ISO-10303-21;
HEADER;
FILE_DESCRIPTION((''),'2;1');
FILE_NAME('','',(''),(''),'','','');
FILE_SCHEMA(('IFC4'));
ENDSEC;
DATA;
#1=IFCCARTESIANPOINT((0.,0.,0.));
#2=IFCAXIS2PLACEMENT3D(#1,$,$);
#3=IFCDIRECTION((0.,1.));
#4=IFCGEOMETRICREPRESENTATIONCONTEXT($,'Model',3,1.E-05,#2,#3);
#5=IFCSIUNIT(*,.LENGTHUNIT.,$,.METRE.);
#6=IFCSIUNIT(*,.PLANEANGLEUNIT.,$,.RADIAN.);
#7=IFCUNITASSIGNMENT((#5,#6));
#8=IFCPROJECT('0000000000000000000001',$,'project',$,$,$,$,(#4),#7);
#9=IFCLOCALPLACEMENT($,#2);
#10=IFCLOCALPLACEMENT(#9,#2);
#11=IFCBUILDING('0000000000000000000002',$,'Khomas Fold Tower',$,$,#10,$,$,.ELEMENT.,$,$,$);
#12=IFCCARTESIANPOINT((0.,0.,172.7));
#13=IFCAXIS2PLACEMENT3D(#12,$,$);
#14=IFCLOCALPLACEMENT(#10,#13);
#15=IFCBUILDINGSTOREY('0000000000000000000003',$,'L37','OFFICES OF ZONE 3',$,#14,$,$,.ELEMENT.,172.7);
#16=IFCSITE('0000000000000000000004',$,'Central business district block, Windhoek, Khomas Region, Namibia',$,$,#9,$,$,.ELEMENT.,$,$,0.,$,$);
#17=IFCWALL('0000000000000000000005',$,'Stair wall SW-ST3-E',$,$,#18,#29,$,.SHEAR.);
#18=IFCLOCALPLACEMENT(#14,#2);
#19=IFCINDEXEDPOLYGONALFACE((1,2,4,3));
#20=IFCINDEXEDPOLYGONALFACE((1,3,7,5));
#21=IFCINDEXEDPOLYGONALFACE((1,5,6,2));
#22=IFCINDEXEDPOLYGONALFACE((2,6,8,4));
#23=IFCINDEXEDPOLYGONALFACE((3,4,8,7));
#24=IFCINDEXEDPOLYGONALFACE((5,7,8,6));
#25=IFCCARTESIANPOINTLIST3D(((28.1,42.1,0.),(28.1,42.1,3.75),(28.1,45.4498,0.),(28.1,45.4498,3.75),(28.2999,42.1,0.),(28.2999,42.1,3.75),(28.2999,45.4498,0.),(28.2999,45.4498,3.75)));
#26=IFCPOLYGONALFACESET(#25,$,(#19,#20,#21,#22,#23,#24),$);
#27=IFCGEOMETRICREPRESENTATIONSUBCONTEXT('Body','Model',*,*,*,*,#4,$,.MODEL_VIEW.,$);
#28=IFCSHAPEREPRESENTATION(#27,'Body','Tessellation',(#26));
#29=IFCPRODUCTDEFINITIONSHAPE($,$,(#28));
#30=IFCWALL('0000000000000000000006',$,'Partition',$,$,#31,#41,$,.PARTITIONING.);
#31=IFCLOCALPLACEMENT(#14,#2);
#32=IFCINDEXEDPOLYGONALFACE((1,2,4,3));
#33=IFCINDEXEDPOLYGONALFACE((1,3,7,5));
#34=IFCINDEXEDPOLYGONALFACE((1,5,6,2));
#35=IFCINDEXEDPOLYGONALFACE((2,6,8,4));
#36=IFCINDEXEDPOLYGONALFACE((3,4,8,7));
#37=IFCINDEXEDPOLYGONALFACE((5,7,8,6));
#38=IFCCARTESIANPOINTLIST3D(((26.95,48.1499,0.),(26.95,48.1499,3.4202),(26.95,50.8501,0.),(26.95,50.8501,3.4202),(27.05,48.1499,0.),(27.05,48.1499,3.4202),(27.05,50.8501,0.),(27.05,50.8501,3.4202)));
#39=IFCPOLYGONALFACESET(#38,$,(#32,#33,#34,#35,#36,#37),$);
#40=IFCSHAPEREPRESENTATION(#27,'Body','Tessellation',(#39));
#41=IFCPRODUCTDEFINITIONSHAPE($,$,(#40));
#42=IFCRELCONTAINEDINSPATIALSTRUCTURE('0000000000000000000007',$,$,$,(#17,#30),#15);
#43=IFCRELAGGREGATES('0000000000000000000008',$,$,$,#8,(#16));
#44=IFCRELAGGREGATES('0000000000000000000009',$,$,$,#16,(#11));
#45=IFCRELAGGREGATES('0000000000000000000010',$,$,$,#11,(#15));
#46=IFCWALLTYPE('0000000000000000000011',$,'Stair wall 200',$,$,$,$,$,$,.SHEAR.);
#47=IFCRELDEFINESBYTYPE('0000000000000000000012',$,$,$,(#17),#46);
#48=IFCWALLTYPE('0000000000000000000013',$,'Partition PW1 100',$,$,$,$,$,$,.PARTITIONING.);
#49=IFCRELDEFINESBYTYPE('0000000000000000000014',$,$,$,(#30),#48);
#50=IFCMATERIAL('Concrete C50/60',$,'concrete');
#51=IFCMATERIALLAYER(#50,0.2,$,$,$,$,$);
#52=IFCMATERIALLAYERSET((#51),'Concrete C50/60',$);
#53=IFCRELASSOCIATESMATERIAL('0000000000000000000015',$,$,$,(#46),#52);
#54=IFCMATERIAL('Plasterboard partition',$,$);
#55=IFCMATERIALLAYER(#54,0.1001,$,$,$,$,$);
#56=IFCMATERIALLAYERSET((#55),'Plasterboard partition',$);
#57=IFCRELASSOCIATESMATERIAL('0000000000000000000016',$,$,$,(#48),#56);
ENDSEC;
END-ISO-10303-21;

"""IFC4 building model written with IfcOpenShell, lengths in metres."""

from ifc_helpers import new_model, si_unit, direction, frame, frame_2d, origin, place, context, subcontext, project, spatial, rectangle, extrude, source, transform, mapped, material, layer, layer_set, type_object, element, save


model = new_model("IFC4")

# Units and contexts
model_context = context("Model", 3, precision=1e-05, world=origin(), true_north=direction((0.0, 1.0)))
body_context = subcontext(model_context, "Body", "Model", "MODEL_VIEW")
ifc_project = project(units=[si_unit("LENGTHUNIT", "METRE"), si_unit("PLANEANGLEUNIT", "RADIAN")], contexts=[model_context])

# Site, building, storey
site_placement = place(None, origin())
site = spatial("IfcSite", under=ifc_project, at=site_placement, Name="Central business district block, Windhoek, Khomas Region, Namibia", CompositionType="ELEMENT", RefElevation=0.0)
building_placement = place(site_placement, origin())
building = spatial("IfcBuilding", under=site, at=building_placement, Name="Khomas Fold Tower", CompositionType="ELEMENT")
storey_placement = place(building_placement, frame((0.0, 0.0, 172.7)))
storey = spatial("IfcBuildingStorey", under=building, at=storey_placement, Name="L37", Description="OFFICES OF ZONE 3", CompositionType="ELEMENT", Elevation=172.7)

# Walls
ifc_material_1 = material(Name="Concrete C50/60", Category="concrete")
ifc_layer_1 = layer(ifc_material_1, 0.2)
ifc_layer_set_1 = layer_set([ifc_layer_1], Name="Concrete C50/60")
wall_type_1 = type_object("IfcWallType", Name="Stair wall 200", PredefinedType="SHEAR", material=ifc_layer_set_1)
shared_shape_1 = source(origin(), body_context, "Body", "SweptSolid", [
    extrude(rectangle(XDim=3.3499, YDim=0.2, at=frame_2d((1.6748, 0.0))), origin(), (0.0, 0.0, 1.0), 3.75),
])
wall_1_placement = place(storey_placement, frame((28.2, 42.1001, 0.0), z_axis=(0.0, 0.0, 1.0), x_axis=(0.0, 1.0, 0.0)))
element("IfcWall", 1, at=wall_1_placement, inside=storey, type_object=wall_type_1, Name="Stair wall SW-ST3-E", PredefinedType="SHEAR", context=body_context, shape_type="MappedRepresentation", body=[
    mapped(shared_shape_1, transform((0.0, 0.0, 0.0))),
])
ifc_material_2 = material(Name="Plasterboard partition")
ifc_layer_2 = layer(ifc_material_2, 0.1001)
ifc_layer_set_2 = layer_set([ifc_layer_2], Name="Plasterboard partition")
wall_type_2 = type_object("IfcWallType", Name="Partition PW1 100", PredefinedType="PARTITIONING", material=ifc_layer_set_2)
shared_shape_2 = source(origin(), body_context, "Body", "SweptSolid", [
    extrude(rectangle(XDim=2.7002, YDim=0.1001, at=frame_2d((1.3501, 0.0))), origin(), (0.0, 0.0, 1.0), 3.4202),
])
wall_2_placement = place(storey_placement, frame((27.0, 48.1499, 0.0), z_axis=(0.0, 0.0, 1.0), x_axis=(0.0, 1.0, 0.0)))
element("IfcWall", 2, at=wall_2_placement, inside=storey, type_object=wall_type_2, Name="Partition", PredefinedType="PARTITIONING", context=body_context, shape_type="MappedRepresentation", body=[
    mapped(shared_shape_2, transform((0.0, 0.0, 0.0))),
])

save(model, "model.ifc")
